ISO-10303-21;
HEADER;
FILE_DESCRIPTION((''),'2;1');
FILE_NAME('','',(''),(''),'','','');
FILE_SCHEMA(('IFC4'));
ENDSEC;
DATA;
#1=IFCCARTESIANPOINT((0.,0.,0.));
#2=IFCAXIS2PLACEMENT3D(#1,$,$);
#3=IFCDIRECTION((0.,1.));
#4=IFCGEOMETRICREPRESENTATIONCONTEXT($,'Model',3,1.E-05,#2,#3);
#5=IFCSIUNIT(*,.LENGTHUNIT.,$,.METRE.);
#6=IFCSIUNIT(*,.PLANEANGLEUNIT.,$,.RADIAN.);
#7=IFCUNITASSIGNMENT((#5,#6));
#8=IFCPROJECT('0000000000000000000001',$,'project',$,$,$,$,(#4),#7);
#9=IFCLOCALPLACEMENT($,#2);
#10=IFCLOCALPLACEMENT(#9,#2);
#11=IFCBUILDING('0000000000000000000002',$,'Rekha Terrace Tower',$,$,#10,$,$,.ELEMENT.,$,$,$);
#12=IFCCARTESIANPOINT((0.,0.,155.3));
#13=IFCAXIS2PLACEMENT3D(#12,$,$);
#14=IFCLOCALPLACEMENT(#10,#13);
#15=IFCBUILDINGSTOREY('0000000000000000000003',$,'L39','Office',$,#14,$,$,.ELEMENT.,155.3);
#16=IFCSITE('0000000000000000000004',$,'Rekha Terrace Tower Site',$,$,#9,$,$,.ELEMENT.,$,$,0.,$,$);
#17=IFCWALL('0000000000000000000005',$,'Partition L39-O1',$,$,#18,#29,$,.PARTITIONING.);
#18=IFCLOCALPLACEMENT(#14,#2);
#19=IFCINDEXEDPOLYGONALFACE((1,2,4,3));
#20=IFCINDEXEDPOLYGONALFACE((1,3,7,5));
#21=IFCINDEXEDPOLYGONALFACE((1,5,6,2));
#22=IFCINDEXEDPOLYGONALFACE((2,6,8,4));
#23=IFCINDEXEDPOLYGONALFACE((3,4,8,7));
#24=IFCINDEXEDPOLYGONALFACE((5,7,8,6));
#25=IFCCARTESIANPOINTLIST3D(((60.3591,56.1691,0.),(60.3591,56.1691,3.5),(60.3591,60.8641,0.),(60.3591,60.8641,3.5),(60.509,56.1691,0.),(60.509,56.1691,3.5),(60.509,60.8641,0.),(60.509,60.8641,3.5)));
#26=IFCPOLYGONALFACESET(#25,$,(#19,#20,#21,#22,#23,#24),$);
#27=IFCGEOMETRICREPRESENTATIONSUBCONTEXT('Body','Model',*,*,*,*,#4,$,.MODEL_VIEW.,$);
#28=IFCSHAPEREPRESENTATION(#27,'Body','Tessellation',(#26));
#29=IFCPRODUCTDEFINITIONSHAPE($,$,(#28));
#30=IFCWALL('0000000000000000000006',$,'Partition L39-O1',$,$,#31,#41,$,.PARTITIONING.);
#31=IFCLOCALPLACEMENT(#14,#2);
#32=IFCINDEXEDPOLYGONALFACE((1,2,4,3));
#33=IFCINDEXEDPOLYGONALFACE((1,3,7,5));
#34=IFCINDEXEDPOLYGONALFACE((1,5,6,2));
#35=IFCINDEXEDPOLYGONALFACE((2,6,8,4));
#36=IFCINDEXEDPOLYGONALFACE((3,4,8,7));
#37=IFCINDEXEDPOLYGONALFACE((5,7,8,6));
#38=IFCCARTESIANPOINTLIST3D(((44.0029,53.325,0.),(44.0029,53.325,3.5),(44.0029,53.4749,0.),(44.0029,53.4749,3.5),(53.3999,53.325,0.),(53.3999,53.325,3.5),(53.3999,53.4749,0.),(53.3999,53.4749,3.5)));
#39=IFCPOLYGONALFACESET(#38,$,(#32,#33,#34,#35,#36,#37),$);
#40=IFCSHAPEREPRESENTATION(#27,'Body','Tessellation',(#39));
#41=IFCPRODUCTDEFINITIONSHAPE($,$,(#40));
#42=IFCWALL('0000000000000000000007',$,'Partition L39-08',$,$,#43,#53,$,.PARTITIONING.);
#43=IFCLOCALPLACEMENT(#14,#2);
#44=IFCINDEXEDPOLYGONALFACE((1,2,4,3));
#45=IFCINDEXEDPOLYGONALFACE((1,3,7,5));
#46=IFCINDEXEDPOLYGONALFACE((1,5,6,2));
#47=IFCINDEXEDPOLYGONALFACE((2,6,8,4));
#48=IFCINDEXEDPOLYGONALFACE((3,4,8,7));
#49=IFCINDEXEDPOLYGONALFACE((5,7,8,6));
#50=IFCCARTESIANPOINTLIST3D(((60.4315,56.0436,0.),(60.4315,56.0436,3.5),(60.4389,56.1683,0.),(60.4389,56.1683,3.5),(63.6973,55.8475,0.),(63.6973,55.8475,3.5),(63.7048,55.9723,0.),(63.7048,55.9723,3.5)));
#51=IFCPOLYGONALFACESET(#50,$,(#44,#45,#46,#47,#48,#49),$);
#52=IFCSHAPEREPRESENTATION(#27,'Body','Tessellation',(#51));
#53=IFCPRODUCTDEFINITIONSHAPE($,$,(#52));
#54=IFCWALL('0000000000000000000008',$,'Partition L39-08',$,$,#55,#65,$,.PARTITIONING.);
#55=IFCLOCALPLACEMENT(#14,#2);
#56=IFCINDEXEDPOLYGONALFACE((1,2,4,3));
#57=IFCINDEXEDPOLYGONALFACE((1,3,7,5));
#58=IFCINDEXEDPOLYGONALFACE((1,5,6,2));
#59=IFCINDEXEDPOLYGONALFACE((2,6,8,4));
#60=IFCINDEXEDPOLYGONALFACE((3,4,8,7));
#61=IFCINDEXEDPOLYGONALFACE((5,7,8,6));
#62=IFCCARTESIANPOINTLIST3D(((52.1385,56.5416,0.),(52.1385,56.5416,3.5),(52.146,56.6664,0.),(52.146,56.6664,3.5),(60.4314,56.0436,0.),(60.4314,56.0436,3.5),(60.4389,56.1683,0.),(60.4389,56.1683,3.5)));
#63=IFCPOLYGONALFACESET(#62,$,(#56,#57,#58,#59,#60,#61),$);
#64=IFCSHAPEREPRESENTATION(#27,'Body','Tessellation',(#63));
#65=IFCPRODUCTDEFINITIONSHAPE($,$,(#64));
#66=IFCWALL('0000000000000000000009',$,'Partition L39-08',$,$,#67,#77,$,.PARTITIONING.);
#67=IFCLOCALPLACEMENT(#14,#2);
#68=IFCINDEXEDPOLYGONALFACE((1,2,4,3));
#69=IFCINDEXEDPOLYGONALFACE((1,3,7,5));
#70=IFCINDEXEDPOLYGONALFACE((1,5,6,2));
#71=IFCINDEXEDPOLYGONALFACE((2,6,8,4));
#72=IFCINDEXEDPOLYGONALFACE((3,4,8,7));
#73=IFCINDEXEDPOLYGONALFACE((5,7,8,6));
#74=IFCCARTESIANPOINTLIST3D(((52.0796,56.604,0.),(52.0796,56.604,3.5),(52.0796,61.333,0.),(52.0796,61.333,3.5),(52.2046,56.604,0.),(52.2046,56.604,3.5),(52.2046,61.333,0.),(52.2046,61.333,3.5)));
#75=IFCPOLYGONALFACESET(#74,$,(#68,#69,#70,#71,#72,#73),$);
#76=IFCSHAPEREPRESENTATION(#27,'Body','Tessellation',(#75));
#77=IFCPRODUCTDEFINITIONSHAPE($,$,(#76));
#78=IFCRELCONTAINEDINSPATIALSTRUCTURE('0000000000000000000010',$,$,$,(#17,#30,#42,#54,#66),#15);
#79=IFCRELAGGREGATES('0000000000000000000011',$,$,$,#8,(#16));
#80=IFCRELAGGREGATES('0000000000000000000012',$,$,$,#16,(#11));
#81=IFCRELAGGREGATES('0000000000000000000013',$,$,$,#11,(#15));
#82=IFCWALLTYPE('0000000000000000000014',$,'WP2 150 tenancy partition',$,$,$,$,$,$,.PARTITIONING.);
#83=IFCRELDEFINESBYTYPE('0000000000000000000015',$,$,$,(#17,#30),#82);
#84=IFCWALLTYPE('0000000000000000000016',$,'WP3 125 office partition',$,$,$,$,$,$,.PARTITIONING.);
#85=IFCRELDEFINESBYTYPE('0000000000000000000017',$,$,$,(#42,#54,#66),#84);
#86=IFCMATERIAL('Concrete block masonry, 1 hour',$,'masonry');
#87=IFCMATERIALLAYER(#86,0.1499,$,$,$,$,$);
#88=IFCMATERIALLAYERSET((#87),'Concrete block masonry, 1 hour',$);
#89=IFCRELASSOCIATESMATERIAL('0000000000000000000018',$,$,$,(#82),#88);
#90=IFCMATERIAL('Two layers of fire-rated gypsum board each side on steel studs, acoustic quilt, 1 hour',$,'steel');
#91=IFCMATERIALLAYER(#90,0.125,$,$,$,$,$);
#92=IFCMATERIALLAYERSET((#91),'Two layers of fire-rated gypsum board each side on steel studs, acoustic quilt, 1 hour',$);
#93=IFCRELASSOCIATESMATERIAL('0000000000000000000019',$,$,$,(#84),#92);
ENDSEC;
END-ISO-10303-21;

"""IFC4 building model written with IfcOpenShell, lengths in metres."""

from ifc_helpers import new_model, si_unit, direction, frame, frame_2d, origin, place, context, subcontext, project, spatial, rectangle, extrude, material, layer, layer_set, type_object, element, save


model = new_model("IFC4")

# Units and contexts
model_context = context("Model", 3, precision=1e-05, world=origin(), true_north=direction((0.0, 1.0)))
body_context = subcontext(model_context, "Body", "Model", "MODEL_VIEW")
ifc_project = project(units=[si_unit("LENGTHUNIT", "METRE"), si_unit("PLANEANGLEUNIT", "RADIAN")], contexts=[model_context])

# Site, building, storey
site_placement = place(None, origin())
site = spatial("IfcSite", under=ifc_project, at=site_placement, Name="Rekha Terrace Tower Site", CompositionType="ELEMENT", RefElevation=0.0)
building_placement = place(site_placement, origin())
building = spatial("IfcBuilding", under=site, at=building_placement, Name="Rekha Terrace Tower", CompositionType="ELEMENT")
storey_placement = place(building_placement, frame((0.0, 0.0, 155.3)))
storey = spatial("IfcBuildingStorey", under=building, at=storey_placement, Name="L39", Description="Office", CompositionType="ELEMENT", Elevation=155.3)

# Walls
ifc_material_1 = material(Name="Concrete block masonry, 1 hour", Category="masonry")
ifc_layer_1 = layer(ifc_material_1, 0.1499)
ifc_layer_set_1 = layer_set([ifc_layer_1], Name="Concrete block masonry, 1 hour")
wall_type_1 = type_object("IfcWallType", Name="WP2 150 tenancy partition", PredefinedType="PARTITIONING", material=ifc_layer_set_1)
wall_1_placement = place(storey_placement, frame((60.4341, 56.1689, 0.0), z_axis=(0.0, 0.0, 1.0), x_axis=(0.0, 1.0, 0.0)))
element("IfcWall", 1, at=wall_1_placement, inside=storey, type_object=wall_type_1, Name="Partition L39-O1", PredefinedType="PARTITIONING", context=body_context, shape_type="SweptSolid", body=[
    extrude(rectangle(XDim=4.6951, YDim=0.1499, at=frame_2d((2.3477, 0.0))), origin(), (0.0, 0.0, 1.0), 3.5),
])
wall_2_placement = place(storey_placement, frame((53.3999, 53.3999, 0.0), z_axis=(0.0, 0.0, 1.0), x_axis=(-1.0, 0.0, 0.0)))
element("IfcWall", 2, at=wall_2_placement, inside=storey, type_object=wall_type_1, Name="Partition L39-O1", PredefinedType="PARTITIONING", context=body_context, shape_type="SweptSolid", body=[
    extrude(rectangle(XDim=9.397, YDim=0.1499, at=frame_2d((4.6985, 0.0))), origin(), (0.0, 0.0, 1.0), 3.5),
])
ifc_material_2 = material(Name="Two layers of fire-rated gypsum board each side on steel studs, acoustic quilt, 1 hour", Category="steel")
ifc_layer_2 = layer(ifc_material_2, 0.125)
ifc_layer_set_2 = layer_set([ifc_layer_2], Name="Two layers of fire-rated gypsum board each side on steel studs, acoustic quilt, 1 hour")
wall_type_2 = type_object("IfcWallType", Name="WP3 125 office partition", PredefinedType="PARTITIONING", material=ifc_layer_set_2)
wall_3_placement = place(storey_placement, frame((63.7009, 55.9099, 0.0), z_axis=(0.0, 0.0, 1.0), x_axis=(-0.998203, 0.059921, 0.0)))
element("IfcWall", 3, at=wall_3_placement, inside=storey, type_object=wall_type_2, Name="Partition L39-08", PredefinedType="PARTITIONING", context=body_context, shape_type="SweptSolid", body=[
    extrude(rectangle(XDim=3.2717, YDim=0.125, at=frame_2d((1.6357, 0.0))), origin(), (0.0, 0.0, 1.0), 3.5),
])
wall_4_placement = place(storey_placement, frame((60.4351, 56.106, 0.0), z_axis=(0.0, 0.0, 1.0), x_axis=(-0.998201, 0.059949, 0.0)))
element("IfcWall", 4, at=wall_4_placement, inside=storey, type_object=wall_type_2, Name="Partition L39-08", PredefinedType="PARTITIONING", context=body_context, shape_type="SweptSolid", body=[
    extrude(rectangle(XDim=8.3079, YDim=0.125, at=frame_2d((4.1538, 0.0))), origin(), (0.0, 0.0, 1.0), 3.5),
])
wall_5_placement = place(storey_placement, frame((52.1421, 56.604, 0.0), z_axis=(0.0, 0.0, 1.0), x_axis=(0.0, 1.0, 0.0)))
element("IfcWall", 5, at=wall_5_placement, inside=storey, type_object=wall_type_2, Name="Partition L39-08", PredefinedType="PARTITIONING", context=body_context, shape_type="SweptSolid", body=[
    extrude(rectangle(XDim=4.729, YDim=0.125, at=frame_2d((2.3645, 0.0))), origin(), (0.0, 0.0, 1.0), 3.5),
])

save(model, "model.ifc")
